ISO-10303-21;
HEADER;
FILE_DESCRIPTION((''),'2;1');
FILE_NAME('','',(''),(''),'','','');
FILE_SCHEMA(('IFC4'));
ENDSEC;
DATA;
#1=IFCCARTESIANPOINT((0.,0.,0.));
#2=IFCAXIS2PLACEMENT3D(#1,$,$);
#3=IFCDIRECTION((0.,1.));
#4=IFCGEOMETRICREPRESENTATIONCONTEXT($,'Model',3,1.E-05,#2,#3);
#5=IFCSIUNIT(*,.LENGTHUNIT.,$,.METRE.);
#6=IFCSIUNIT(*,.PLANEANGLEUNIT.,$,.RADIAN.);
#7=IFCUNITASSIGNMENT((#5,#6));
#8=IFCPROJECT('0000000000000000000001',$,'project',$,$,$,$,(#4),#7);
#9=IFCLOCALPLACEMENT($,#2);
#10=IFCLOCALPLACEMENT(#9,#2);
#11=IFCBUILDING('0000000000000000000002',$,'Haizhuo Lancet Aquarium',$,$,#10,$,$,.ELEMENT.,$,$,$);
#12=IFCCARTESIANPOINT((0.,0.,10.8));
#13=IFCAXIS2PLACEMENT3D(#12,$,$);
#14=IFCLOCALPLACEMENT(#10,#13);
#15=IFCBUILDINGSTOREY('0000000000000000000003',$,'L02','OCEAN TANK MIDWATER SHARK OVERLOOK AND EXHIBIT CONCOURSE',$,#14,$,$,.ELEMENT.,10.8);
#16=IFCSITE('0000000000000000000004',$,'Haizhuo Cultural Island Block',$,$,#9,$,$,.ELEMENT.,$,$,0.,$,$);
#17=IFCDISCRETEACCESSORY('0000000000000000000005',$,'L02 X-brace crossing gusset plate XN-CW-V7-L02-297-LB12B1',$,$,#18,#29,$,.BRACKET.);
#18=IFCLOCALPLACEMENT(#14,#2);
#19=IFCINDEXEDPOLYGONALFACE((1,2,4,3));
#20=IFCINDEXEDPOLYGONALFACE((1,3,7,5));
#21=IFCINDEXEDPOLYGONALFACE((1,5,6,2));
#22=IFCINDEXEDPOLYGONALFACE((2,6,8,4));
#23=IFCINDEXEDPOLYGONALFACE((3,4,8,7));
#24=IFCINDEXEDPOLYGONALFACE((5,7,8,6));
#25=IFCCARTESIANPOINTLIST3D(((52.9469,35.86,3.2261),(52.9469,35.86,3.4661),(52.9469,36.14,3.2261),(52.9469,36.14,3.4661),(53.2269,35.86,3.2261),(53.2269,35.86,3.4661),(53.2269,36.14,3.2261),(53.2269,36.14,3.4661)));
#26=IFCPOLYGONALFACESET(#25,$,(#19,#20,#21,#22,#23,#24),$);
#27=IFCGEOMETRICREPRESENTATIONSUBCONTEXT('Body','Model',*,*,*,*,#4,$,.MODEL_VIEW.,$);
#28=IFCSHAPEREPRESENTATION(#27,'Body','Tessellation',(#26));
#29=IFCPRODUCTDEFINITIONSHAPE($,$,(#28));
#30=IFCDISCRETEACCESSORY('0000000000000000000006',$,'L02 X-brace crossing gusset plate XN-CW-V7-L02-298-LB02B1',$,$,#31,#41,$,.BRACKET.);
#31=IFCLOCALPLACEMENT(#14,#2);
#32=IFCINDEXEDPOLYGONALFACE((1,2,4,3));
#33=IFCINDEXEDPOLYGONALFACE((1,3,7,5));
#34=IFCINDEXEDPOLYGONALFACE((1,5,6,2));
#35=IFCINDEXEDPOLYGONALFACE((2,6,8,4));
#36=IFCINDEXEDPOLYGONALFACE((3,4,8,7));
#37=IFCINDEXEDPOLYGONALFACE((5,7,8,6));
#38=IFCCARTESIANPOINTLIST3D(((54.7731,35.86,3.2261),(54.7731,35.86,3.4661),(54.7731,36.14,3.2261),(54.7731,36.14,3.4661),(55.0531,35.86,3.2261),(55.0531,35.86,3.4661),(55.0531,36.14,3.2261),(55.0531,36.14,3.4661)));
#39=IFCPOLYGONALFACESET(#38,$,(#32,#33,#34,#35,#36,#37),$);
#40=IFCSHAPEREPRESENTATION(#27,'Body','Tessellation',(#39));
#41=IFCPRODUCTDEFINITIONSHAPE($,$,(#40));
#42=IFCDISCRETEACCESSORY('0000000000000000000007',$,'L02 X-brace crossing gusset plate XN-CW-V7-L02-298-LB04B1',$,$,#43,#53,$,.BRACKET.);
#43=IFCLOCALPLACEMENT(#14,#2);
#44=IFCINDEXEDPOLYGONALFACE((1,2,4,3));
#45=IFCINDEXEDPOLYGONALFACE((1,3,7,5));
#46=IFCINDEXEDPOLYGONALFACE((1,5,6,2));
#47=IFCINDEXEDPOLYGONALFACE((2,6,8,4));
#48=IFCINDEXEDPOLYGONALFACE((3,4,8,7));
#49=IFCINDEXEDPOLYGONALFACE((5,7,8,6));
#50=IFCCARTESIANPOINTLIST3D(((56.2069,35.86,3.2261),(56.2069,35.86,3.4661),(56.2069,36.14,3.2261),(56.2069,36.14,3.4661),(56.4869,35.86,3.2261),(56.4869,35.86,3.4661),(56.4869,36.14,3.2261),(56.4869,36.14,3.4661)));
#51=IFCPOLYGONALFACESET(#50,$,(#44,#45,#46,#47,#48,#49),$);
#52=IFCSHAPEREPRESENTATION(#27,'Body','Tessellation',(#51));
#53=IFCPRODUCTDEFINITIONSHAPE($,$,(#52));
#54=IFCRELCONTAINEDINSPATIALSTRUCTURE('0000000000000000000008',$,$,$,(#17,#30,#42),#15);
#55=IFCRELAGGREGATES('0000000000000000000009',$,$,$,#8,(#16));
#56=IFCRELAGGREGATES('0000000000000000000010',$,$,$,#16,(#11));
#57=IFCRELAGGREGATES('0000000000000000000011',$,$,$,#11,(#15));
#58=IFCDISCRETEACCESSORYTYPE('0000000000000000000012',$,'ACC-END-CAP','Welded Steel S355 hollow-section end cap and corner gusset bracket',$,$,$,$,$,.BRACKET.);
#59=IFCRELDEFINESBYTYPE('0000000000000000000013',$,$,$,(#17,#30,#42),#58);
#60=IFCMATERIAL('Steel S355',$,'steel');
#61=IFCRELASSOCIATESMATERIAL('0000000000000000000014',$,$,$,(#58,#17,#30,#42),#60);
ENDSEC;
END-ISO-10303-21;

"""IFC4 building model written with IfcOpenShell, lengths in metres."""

from ifc_helpers import new_model, si_unit, direction, frame, origin, origin_2d, place, context, subcontext, project, spatial, rectangle, extrude, material, type_object, element, save


model = new_model("IFC4")

# Units and contexts
model_context = context("Model", 3, precision=1e-05, world=origin(), true_north=direction((0.0, 1.0)))
body_context = subcontext(model_context, "Body", "Model", "MODEL_VIEW")
ifc_project = project(units=[si_unit("LENGTHUNIT", "METRE"), si_unit("PLANEANGLEUNIT", "RADIAN")], contexts=[model_context])

# Site, building, storey
site_placement = place(None, origin())
site = spatial("IfcSite", under=ifc_project, at=site_placement, Name="Haizhuo Cultural Island Block", CompositionType="ELEMENT", RefElevation=0.0)
building_placement = place(site_placement, origin())
building = spatial("IfcBuilding", under=site, at=building_placement, Name="Haizhuo Lancet Aquarium", CompositionType="ELEMENT")
storey_placement = place(building_placement, frame((0.0, 0.0, 10.8)))
storey = spatial("IfcBuildingStorey", under=building, at=storey_placement, Name="L02", Description="OCEAN TANK MIDWATER SHARK OVERLOOK AND EXHIBIT CONCOURSE", CompositionType="ELEMENT", Elevation=10.8)

# Shared definitions
ifc_material_1 = material(Name="Steel S355", Category="steel")

# Discrete accessories
discrete_accessory_type = type_object("IfcDiscreteAccessoryType", Name="ACC-END-CAP", Description="Welded Steel S355 hollow-section end cap and corner gusset bracket", PredefinedType="BRACKET", material=ifc_material_1)
for number, where, z_axis, x_axis, name in (
    (1, (53.0869, 36.0, 3.2261), (0.0, 0.0, 1.0), (1.0, 0.0, 0.0), "L02 X-brace crossing gusset plate XN-CW-V7-L02-297-LB12B1"),
    (2, (54.9131, 36.0, 3.2261), (0.0, 0.0, 1.0), (1.0, 0.0, 0.0), "L02 X-brace crossing gusset plate XN-CW-V7-L02-298-LB02B1"),
    (3, (56.3469, 36.0, 3.2261), (0.0, 0.0, 1.0), (1.0, 0.0, 0.0), "L02 X-brace crossing gusset plate XN-CW-V7-L02-298-LB04B1"),
):
    element("IfcDiscreteAccessory", number, at=place(storey_placement, frame(where, z_axis=z_axis, x_axis=x_axis)), inside=storey, type_object=discrete_accessory_type, material=ifc_material_1, Name=name, PredefinedType="BRACKET", context=body_context, shape_type="SweptSolid", body=[
        extrude(rectangle(XDim=0.28, YDim=0.28, at=origin_2d()), origin(), (0.0, 0.0, 1.0), 0.24),
    ])

save(model, "model.ifc")
